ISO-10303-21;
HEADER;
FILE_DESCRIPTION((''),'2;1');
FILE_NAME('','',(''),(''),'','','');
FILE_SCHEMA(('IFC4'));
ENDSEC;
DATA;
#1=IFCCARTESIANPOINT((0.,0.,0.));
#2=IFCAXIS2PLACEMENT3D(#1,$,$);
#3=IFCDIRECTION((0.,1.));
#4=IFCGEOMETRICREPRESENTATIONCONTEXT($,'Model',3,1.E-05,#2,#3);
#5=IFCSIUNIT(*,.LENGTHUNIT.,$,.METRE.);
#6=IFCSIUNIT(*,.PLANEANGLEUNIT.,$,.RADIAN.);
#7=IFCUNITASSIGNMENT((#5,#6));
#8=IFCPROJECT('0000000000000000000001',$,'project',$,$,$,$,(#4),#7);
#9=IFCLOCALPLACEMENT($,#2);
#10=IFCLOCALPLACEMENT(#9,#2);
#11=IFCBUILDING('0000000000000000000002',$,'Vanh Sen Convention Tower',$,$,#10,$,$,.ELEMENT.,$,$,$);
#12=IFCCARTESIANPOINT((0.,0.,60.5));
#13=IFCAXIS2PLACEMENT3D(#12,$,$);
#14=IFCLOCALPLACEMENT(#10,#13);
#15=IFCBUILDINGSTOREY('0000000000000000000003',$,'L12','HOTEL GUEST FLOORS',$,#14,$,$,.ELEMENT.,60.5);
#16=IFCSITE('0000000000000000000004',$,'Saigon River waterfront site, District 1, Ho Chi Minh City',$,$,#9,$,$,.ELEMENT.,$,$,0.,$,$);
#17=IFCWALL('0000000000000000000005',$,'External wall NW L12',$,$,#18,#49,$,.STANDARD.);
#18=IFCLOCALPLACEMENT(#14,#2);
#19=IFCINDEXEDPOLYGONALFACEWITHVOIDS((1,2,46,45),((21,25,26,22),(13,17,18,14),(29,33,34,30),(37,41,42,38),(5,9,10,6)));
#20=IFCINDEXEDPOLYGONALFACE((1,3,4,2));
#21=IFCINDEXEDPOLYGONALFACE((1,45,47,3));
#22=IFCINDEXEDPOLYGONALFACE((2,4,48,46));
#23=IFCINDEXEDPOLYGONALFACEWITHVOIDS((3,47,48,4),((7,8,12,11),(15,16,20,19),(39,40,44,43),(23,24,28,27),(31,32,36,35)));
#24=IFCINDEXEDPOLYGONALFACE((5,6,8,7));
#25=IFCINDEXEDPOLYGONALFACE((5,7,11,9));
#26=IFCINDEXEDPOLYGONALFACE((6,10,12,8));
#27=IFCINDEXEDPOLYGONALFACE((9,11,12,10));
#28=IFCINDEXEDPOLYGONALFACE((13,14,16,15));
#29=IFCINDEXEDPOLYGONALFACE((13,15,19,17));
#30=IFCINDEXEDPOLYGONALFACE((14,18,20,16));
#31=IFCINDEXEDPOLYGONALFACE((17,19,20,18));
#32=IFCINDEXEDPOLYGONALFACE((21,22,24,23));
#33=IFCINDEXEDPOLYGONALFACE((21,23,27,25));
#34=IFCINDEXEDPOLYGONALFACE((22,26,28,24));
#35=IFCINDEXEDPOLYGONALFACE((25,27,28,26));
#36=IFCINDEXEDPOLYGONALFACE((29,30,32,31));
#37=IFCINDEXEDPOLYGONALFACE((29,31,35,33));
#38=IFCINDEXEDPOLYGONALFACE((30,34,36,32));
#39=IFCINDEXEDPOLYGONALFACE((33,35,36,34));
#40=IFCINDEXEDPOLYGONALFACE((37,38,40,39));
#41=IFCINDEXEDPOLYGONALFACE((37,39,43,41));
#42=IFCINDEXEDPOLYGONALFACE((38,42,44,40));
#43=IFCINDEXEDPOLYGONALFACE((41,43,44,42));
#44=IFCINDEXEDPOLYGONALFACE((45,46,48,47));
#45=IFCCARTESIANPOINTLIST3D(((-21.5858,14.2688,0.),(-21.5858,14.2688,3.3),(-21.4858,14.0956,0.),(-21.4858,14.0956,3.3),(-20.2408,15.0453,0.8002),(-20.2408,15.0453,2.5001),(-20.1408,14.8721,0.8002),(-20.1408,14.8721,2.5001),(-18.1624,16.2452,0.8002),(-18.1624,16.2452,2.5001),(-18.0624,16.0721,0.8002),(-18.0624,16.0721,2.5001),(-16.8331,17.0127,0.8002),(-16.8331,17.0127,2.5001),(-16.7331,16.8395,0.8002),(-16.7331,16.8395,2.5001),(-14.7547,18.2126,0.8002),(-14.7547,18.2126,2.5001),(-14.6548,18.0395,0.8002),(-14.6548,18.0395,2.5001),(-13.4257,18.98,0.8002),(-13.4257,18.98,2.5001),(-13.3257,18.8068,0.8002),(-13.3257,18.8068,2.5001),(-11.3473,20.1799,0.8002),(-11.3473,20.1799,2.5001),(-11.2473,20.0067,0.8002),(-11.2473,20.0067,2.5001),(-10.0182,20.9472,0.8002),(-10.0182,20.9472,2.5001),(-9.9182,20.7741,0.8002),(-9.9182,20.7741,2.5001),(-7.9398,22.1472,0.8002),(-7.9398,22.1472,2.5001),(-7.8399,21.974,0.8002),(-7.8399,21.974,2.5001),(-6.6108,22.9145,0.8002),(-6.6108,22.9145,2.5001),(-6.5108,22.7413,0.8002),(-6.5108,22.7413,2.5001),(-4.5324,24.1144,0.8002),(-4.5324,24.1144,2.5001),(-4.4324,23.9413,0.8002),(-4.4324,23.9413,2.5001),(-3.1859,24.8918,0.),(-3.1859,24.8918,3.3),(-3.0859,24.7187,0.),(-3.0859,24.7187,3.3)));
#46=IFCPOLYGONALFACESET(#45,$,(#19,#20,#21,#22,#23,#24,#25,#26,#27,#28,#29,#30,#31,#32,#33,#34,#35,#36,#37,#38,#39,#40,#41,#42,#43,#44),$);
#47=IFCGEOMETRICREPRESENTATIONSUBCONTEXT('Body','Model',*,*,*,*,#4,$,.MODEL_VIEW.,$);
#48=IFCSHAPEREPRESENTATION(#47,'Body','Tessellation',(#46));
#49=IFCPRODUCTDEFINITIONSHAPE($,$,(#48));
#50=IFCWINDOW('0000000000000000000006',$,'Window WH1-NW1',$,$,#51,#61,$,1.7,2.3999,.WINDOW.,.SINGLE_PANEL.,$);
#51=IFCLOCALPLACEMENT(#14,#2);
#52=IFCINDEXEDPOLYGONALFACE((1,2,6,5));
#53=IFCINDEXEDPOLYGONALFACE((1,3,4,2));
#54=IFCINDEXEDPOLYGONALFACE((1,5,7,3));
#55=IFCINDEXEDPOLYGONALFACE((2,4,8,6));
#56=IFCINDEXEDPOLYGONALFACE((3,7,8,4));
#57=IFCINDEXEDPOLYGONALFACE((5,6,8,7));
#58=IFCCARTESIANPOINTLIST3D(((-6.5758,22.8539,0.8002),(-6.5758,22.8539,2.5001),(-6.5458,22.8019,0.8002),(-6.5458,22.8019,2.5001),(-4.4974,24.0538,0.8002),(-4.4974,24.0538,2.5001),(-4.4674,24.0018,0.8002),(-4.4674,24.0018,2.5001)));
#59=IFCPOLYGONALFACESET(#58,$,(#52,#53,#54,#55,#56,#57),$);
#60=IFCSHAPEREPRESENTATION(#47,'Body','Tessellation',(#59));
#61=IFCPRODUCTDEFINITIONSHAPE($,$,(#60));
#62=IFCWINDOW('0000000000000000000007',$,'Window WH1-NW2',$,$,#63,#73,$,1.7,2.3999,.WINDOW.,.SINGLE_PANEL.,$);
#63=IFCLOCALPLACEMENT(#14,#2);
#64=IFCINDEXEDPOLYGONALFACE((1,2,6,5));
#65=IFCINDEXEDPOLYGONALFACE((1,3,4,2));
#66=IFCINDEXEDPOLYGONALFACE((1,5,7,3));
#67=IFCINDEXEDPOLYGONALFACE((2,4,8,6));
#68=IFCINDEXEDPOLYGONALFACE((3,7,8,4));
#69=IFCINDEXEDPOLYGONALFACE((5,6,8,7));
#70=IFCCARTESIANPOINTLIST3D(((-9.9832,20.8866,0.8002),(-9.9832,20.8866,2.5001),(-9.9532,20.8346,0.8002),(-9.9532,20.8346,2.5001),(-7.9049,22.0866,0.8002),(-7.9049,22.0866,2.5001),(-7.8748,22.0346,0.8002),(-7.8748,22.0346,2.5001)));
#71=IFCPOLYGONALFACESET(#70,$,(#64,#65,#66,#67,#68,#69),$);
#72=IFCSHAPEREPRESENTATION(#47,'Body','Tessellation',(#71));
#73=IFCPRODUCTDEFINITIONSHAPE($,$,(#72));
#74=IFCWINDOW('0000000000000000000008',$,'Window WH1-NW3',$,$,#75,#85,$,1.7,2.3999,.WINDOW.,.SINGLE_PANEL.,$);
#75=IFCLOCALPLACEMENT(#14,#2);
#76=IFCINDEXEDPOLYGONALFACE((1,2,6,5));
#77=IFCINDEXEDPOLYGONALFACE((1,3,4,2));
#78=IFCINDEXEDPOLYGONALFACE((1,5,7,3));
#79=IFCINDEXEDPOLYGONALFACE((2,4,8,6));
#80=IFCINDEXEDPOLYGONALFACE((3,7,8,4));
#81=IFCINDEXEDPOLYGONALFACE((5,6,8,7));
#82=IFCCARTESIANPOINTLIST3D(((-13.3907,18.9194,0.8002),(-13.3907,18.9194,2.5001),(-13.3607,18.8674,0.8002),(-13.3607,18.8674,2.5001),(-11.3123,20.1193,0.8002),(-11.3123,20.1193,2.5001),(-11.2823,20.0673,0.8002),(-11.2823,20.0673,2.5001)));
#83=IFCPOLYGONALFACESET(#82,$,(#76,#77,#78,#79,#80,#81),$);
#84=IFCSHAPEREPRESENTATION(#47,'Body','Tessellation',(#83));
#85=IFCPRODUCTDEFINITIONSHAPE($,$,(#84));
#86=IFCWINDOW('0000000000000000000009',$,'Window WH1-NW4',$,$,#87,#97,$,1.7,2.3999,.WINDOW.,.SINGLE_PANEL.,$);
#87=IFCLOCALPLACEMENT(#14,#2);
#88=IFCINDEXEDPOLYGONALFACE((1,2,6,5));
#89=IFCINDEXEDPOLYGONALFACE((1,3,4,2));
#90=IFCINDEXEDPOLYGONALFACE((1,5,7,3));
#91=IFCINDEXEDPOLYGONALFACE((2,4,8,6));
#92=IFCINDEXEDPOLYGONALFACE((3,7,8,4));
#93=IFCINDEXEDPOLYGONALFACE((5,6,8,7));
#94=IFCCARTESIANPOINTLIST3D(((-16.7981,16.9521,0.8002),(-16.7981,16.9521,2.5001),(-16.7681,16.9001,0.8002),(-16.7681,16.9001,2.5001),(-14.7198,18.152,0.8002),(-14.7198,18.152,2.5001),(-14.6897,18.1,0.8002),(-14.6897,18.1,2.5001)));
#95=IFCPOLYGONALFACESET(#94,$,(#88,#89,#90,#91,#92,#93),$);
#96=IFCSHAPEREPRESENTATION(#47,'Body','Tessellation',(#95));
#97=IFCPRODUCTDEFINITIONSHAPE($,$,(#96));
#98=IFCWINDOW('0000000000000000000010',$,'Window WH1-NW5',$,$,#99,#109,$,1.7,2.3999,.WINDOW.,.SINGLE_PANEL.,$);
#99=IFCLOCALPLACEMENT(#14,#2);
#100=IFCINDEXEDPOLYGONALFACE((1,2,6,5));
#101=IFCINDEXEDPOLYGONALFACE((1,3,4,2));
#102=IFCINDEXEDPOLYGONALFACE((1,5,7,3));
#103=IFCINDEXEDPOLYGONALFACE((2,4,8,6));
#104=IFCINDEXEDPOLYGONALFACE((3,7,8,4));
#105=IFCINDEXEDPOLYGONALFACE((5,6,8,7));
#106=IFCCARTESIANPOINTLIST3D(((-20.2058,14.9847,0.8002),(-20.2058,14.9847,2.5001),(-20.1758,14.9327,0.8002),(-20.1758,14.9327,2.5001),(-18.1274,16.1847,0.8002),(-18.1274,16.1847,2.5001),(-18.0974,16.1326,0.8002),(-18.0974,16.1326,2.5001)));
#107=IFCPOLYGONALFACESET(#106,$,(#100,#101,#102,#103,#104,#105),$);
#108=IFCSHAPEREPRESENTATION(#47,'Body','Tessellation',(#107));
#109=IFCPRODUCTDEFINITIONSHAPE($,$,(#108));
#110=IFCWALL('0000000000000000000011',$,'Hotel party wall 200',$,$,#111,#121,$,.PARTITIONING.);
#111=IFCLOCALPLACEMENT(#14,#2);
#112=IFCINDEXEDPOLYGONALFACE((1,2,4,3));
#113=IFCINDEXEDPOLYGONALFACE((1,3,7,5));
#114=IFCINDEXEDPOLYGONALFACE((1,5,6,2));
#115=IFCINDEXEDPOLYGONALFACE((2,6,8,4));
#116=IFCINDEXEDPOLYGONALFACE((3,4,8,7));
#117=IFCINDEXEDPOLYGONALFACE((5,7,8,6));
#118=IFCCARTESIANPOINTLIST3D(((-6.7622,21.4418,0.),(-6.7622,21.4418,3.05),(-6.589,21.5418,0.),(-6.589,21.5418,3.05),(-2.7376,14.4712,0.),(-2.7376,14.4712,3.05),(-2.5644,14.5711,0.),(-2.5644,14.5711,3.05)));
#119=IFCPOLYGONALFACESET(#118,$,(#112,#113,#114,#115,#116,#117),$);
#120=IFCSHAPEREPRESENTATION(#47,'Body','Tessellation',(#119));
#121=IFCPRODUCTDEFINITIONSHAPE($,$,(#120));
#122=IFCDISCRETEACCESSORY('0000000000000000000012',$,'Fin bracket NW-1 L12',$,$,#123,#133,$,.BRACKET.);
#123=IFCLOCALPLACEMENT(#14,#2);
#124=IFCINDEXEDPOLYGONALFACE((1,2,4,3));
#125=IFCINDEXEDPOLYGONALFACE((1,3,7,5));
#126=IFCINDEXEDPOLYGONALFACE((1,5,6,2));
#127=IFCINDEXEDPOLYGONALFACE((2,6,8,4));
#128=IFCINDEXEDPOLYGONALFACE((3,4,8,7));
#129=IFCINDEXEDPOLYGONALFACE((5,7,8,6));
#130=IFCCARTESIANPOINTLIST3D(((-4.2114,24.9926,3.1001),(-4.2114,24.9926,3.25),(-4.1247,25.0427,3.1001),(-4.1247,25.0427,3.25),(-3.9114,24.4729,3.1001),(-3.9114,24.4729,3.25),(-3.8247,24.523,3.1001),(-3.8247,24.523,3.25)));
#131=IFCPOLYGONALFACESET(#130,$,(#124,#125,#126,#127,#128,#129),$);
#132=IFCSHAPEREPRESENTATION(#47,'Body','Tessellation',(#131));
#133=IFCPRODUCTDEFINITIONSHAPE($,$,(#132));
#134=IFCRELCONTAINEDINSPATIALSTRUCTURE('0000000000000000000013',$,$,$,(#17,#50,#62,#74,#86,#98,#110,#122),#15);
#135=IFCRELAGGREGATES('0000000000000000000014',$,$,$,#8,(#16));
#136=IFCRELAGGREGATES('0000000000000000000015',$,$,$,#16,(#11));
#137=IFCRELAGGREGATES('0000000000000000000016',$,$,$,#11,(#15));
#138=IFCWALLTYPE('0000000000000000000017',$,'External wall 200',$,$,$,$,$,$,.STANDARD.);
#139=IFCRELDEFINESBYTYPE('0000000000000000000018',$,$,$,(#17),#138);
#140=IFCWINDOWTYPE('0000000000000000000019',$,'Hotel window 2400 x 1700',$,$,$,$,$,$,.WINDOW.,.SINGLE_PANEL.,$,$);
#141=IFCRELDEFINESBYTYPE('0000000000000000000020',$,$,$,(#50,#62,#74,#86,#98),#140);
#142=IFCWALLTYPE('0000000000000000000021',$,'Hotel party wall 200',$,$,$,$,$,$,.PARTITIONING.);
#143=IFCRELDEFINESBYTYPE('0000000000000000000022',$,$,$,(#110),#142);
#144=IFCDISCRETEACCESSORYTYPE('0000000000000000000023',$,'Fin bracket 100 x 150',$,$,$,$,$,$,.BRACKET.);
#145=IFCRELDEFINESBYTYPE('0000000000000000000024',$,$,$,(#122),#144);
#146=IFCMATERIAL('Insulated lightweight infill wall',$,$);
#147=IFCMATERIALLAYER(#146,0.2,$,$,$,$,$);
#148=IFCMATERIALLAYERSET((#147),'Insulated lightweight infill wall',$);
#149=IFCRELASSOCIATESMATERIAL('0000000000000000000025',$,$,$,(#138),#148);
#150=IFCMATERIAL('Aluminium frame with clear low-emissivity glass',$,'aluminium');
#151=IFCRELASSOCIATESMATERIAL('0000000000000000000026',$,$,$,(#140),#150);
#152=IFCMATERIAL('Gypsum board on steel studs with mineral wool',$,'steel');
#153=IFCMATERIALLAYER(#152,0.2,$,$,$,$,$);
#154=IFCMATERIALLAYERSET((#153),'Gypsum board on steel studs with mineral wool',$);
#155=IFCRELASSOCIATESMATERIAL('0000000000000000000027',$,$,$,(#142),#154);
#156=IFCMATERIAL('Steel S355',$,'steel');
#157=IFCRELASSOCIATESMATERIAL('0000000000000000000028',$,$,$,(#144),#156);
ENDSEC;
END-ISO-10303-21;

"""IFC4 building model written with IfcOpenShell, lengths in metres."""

from ifc_helpers import new_model, si_unit, direction, frame, frame_2d, origin, origin_2d, place, context, subcontext, project, spatial, rectangle, extrude, material, layer, layer_set, type_object, element, fill, save


model = new_model("IFC4")

# Units and contexts
model_context = context("Model", 3, precision=1e-05, world=origin(), true_north=direction((0.0, 1.0)))
body_context = subcontext(model_context, "Body", "Model", "MODEL_VIEW")
ifc_project = project(units=[si_unit("LENGTHUNIT", "METRE"), si_unit("PLANEANGLEUNIT", "RADIAN")], contexts=[model_context])

# Site, building, storey
site_placement = place(None, origin())
site = spatial("IfcSite", under=ifc_project, at=site_placement, Name="Saigon River waterfront site, District 1, Ho Chi Minh City", CompositionType="ELEMENT", RefElevation=0.0)
building_placement = place(site_placement, origin())
building = spatial("IfcBuilding", under=site, at=building_placement, Name="Vanh Sen Convention Tower", CompositionType="ELEMENT")
storey_placement = place(building_placement, frame((0.0, 0.0, 60.5)))
storey = spatial("IfcBuildingStorey", under=building, at=storey_placement, Name="L12", Description="HOTEL GUEST FLOORS", CompositionType="ELEMENT", Elevation=60.5)

# Shared definitions
ifc_material_1 = material(Name="Gypsum board on steel studs with mineral wool", Category="steel")

# Wall, openings, windows
ifc_material_2 = material(Name="Insulated lightweight infill wall")
ifc_layer_1 = layer(ifc_material_2, 0.2)
ifc_layer_set_1 = layer_set([ifc_layer_1], Name="Insulated lightweight infill wall")
wall_type_1 = type_object("IfcWallType", Name="External wall 200", PredefinedType="STANDARD", material=ifc_layer_set_1)
wall_1_placement = place(storey_placement, frame((-3.136, 24.8052, 0.0), z_axis=(0.0, 0.0, 1.0), x_axis=(-0.866028, -0.499995, 0.0)))
wall_1 = element("IfcWall", 1, at=wall_1_placement, inside=storey, type_object=wall_type_1, Name="External wall NW L12", PredefinedType="STANDARD", context=body_context, shape_type="SweptSolid", body=[
    extrude(rectangle(XDim=21.2463, YDim=0.2, at=frame_2d((10.623, 0.0))), origin(), (0.0, 0.0, 1.0), 3.3),
])
opening_1_placement = place(wall_1_placement, frame((1.5547, 0.0, 0.8)))
opening_1 = element("IfcOpeningElement", 2, at=opening_1_placement, cuts=wall_1, PredefinedType="OPENING", context=body_context, shape_type="SweptSolid", body=[
    extrude(rectangle(XDim=2.3999, YDim=1.7, at=frame_2d((1.2, 0.8501))), frame((0.0, 0.1099, 0.0), z_axis=(0.0, -1.0, 0.0), x_axis=(1.0, 0.0, 0.0)), (0.0, 0.0, 1.0), 0.22),
])
opening_2_placement = place(wall_1_placement, frame((5.4893, 0.0, 0.8)))
opening_2 = element("IfcOpeningElement", 3, at=opening_2_placement, cuts=wall_1, PredefinedType="OPENING", context=body_context, shape_type="SweptSolid", body=[
    extrude(rectangle(XDim=2.3999, YDim=1.7, at=frame_2d((1.2, 0.8501))), frame((0.0, 0.1099, 0.0), z_axis=(0.0, -1.0, 0.0), x_axis=(1.0, 0.0, 0.0)), (0.0, 0.0, 1.0), 0.22),
])
opening_3_placement = place(wall_1_placement, frame((9.4238, 0.0, 0.8)))
opening_3 = element("IfcOpeningElement", 4, at=opening_3_placement, cuts=wall_1, PredefinedType="OPENING", context=body_context, shape_type="SweptSolid", body=[
    extrude(rectangle(XDim=2.3999, YDim=1.7, at=frame_2d((1.2, 0.8501))), frame((0.0, 0.1099, 0.0), z_axis=(0.0, -1.0, 0.0), x_axis=(1.0, 0.0, 0.0)), (0.0, 0.0, 1.0), 0.22),
])
opening_4_placement = place(wall_1_placement, frame((13.3584, 0.0, 0.8)))
opening_4 = element("IfcOpeningElement", 5, at=opening_4_placement, cuts=wall_1, PredefinedType="OPENING", context=body_context, shape_type="SweptSolid", body=[
    extrude(rectangle(XDim=2.3999, YDim=1.7, at=frame_2d((1.2, 0.8501))), frame((0.0, 0.1099, 0.0), z_axis=(0.0, -1.0, 0.0), x_axis=(1.0, 0.0, 0.0)), (0.0, 0.0, 1.0), 0.22),
])
opening_5_placement = place(wall_1_placement, frame((17.2932, 0.0, 0.8)))
opening_5 = element("IfcOpeningElement", 6, at=opening_5_placement, cuts=wall_1, PredefinedType="OPENING", context=body_context, shape_type="SweptSolid", body=[
    extrude(rectangle(XDim=2.3999, YDim=1.7, at=frame_2d((1.2, 0.8501))), frame((0.0, 0.1099, 0.0), z_axis=(0.0, -1.0, 0.0), x_axis=(1.0, 0.0, 0.0)), (0.0, 0.0, 1.0), 0.22),
])
ifc_material_3 = material(Name="Aluminium frame with clear low-emissivity glass", Category="aluminium")
window_type = type_object("IfcWindowType", Name="Hotel window 2400 x 1700", PartitioningType="SINGLE_PANEL", PredefinedType="WINDOW", material=ifc_material_3)
window_1_placement = place(opening_1_placement, origin())
window_1 = element("IfcWindow", 7, at=window_1_placement, inside=storey, type_object=window_type, Name="Window WH1-NW1", OverallHeight=1.7, OverallWidth=2.3999, PartitioningType="SINGLE_PANEL", PredefinedType="WINDOW", context=body_context, shape_type="SweptSolid", body=[
    extrude(rectangle(XDim=2.3999, YDim=1.7, at=frame_2d((1.2, 0.8501))), frame((0.0, 0.03, 0.0), z_axis=(0.0, -1.0, 0.0), x_axis=(1.0, 0.0, 0.0)), (0.0, 0.0, 1.0), 0.0601),
])
fill(opening_1, window_1)
window_2_placement = place(opening_2_placement, origin())
window_2 = element("IfcWindow", 8, at=window_2_placement, inside=storey, type_object=window_type, Name="Window WH1-NW2", OverallHeight=1.7, OverallWidth=2.3999, PartitioningType="SINGLE_PANEL", PredefinedType="WINDOW", context=body_context, shape_type="SweptSolid", body=[
    extrude(rectangle(XDim=2.3999, YDim=1.7, at=frame_2d((1.2, 0.8501))), frame((0.0, 0.03, 0.0), z_axis=(0.0, -1.0, 0.0), x_axis=(1.0, 0.0, 0.0)), (0.0, 0.0, 1.0), 0.0601),
])
fill(opening_2, window_2)
window_3_placement = place(opening_3_placement, origin())
window_3 = element("IfcWindow", 9, at=window_3_placement, inside=storey, type_object=window_type, Name="Window WH1-NW3", OverallHeight=1.7, OverallWidth=2.3999, PartitioningType="SINGLE_PANEL", PredefinedType="WINDOW", context=body_context, shape_type="SweptSolid", body=[
    extrude(rectangle(XDim=2.3999, YDim=1.7, at=frame_2d((1.2, 0.8501))), frame((0.0, 0.03, 0.0), z_axis=(0.0, -1.0, 0.0), x_axis=(1.0, 0.0, 0.0)), (0.0, 0.0, 1.0), 0.0601),
])
fill(opening_3, window_3)
window_4_placement = place(opening_4_placement, origin())
window_4 = element("IfcWindow", 10, at=window_4_placement, inside=storey, type_object=window_type, Name="Window WH1-NW4", OverallHeight=1.7, OverallWidth=2.3999, PartitioningType="SINGLE_PANEL", PredefinedType="WINDOW", context=body_context, shape_type="SweptSolid", body=[
    extrude(rectangle(XDim=2.3999, YDim=1.7, at=frame_2d((1.2, 0.8501))), frame((0.0, 0.03, 0.0), z_axis=(0.0, -1.0, 0.0), x_axis=(1.0, 0.0, 0.0)), (0.0, 0.0, 1.0), 0.0601),
])
fill(opening_4, window_4)
window_5_placement = place(opening_5_placement, origin())
window_5 = element("IfcWindow", 11, at=window_5_placement, inside=storey, type_object=window_type, Name="Window WH1-NW5", OverallHeight=1.7, OverallWidth=2.3999, PartitioningType="SINGLE_PANEL", PredefinedType="WINDOW", context=body_context, shape_type="SweptSolid", body=[
    extrude(rectangle(XDim=2.3999, YDim=1.7, at=frame_2d((1.2, 0.8501))), frame((0.0, 0.03, 0.0), z_axis=(0.0, -1.0, 0.0), x_axis=(1.0, 0.0, 0.0)), (0.0, 0.0, 1.0), 0.0601),
])
fill(opening_5, window_5)

# Wall
ifc_layer_2 = layer(ifc_material_1, 0.2)
ifc_layer_set_2 = layer_set([ifc_layer_2], Name="Gypsum board on steel studs with mineral wool")
wall_type_2 = type_object("IfcWallType", Name="Hotel party wall 200", PredefinedType="PARTITIONING", material=ifc_layer_set_2)
wall_2_placement = place(storey_placement, frame((-6.6755, 21.4917, 0.0), z_axis=(0.0, 0.0, 1.0), x_axis=(0.500011, -0.866019, 0.0)))
element("IfcWall", 12, at=wall_2_placement, inside=storey, type_object=wall_type_2, Name="Hotel party wall 200", PredefinedType="PARTITIONING", context=body_context, shape_type="SweptSolid", body=[
    extrude(rectangle(XDim=8.0491, YDim=0.2, at=frame_2d((4.0244, 0.0))), origin(), (0.0, 0.0, 1.0), 3.05),
])

# Discrete accessory
ifc_material_4 = material(Name="Steel S355", Category="steel")
discrete_accessory_type = type_object("IfcDiscreteAccessoryType", Name="Fin bracket 100 x 150", PredefinedType="BRACKET", material=ifc_material_4)
discrete_accessory_placement = place(storey_placement, frame((-4.0181, 24.7578, 3.1001), z_axis=(0.0, 0.0, 1.0), x_axis=(-0.5, 0.866025, 0.0)))
element("IfcDiscreteAccessory", 13, at=discrete_accessory_placement, inside=storey, type_object=discrete_accessory_type, Name="Fin bracket NW-1 L12", PredefinedType="BRACKET", context=body_context, shape_type="SweptSolid", body=[
    extrude(rectangle(XDim=0.6001, YDim=0.1001, at=origin_2d()), origin(), (0.0, 0.0, 1.0), 0.1499),
])

save(model, "model.ifc")
